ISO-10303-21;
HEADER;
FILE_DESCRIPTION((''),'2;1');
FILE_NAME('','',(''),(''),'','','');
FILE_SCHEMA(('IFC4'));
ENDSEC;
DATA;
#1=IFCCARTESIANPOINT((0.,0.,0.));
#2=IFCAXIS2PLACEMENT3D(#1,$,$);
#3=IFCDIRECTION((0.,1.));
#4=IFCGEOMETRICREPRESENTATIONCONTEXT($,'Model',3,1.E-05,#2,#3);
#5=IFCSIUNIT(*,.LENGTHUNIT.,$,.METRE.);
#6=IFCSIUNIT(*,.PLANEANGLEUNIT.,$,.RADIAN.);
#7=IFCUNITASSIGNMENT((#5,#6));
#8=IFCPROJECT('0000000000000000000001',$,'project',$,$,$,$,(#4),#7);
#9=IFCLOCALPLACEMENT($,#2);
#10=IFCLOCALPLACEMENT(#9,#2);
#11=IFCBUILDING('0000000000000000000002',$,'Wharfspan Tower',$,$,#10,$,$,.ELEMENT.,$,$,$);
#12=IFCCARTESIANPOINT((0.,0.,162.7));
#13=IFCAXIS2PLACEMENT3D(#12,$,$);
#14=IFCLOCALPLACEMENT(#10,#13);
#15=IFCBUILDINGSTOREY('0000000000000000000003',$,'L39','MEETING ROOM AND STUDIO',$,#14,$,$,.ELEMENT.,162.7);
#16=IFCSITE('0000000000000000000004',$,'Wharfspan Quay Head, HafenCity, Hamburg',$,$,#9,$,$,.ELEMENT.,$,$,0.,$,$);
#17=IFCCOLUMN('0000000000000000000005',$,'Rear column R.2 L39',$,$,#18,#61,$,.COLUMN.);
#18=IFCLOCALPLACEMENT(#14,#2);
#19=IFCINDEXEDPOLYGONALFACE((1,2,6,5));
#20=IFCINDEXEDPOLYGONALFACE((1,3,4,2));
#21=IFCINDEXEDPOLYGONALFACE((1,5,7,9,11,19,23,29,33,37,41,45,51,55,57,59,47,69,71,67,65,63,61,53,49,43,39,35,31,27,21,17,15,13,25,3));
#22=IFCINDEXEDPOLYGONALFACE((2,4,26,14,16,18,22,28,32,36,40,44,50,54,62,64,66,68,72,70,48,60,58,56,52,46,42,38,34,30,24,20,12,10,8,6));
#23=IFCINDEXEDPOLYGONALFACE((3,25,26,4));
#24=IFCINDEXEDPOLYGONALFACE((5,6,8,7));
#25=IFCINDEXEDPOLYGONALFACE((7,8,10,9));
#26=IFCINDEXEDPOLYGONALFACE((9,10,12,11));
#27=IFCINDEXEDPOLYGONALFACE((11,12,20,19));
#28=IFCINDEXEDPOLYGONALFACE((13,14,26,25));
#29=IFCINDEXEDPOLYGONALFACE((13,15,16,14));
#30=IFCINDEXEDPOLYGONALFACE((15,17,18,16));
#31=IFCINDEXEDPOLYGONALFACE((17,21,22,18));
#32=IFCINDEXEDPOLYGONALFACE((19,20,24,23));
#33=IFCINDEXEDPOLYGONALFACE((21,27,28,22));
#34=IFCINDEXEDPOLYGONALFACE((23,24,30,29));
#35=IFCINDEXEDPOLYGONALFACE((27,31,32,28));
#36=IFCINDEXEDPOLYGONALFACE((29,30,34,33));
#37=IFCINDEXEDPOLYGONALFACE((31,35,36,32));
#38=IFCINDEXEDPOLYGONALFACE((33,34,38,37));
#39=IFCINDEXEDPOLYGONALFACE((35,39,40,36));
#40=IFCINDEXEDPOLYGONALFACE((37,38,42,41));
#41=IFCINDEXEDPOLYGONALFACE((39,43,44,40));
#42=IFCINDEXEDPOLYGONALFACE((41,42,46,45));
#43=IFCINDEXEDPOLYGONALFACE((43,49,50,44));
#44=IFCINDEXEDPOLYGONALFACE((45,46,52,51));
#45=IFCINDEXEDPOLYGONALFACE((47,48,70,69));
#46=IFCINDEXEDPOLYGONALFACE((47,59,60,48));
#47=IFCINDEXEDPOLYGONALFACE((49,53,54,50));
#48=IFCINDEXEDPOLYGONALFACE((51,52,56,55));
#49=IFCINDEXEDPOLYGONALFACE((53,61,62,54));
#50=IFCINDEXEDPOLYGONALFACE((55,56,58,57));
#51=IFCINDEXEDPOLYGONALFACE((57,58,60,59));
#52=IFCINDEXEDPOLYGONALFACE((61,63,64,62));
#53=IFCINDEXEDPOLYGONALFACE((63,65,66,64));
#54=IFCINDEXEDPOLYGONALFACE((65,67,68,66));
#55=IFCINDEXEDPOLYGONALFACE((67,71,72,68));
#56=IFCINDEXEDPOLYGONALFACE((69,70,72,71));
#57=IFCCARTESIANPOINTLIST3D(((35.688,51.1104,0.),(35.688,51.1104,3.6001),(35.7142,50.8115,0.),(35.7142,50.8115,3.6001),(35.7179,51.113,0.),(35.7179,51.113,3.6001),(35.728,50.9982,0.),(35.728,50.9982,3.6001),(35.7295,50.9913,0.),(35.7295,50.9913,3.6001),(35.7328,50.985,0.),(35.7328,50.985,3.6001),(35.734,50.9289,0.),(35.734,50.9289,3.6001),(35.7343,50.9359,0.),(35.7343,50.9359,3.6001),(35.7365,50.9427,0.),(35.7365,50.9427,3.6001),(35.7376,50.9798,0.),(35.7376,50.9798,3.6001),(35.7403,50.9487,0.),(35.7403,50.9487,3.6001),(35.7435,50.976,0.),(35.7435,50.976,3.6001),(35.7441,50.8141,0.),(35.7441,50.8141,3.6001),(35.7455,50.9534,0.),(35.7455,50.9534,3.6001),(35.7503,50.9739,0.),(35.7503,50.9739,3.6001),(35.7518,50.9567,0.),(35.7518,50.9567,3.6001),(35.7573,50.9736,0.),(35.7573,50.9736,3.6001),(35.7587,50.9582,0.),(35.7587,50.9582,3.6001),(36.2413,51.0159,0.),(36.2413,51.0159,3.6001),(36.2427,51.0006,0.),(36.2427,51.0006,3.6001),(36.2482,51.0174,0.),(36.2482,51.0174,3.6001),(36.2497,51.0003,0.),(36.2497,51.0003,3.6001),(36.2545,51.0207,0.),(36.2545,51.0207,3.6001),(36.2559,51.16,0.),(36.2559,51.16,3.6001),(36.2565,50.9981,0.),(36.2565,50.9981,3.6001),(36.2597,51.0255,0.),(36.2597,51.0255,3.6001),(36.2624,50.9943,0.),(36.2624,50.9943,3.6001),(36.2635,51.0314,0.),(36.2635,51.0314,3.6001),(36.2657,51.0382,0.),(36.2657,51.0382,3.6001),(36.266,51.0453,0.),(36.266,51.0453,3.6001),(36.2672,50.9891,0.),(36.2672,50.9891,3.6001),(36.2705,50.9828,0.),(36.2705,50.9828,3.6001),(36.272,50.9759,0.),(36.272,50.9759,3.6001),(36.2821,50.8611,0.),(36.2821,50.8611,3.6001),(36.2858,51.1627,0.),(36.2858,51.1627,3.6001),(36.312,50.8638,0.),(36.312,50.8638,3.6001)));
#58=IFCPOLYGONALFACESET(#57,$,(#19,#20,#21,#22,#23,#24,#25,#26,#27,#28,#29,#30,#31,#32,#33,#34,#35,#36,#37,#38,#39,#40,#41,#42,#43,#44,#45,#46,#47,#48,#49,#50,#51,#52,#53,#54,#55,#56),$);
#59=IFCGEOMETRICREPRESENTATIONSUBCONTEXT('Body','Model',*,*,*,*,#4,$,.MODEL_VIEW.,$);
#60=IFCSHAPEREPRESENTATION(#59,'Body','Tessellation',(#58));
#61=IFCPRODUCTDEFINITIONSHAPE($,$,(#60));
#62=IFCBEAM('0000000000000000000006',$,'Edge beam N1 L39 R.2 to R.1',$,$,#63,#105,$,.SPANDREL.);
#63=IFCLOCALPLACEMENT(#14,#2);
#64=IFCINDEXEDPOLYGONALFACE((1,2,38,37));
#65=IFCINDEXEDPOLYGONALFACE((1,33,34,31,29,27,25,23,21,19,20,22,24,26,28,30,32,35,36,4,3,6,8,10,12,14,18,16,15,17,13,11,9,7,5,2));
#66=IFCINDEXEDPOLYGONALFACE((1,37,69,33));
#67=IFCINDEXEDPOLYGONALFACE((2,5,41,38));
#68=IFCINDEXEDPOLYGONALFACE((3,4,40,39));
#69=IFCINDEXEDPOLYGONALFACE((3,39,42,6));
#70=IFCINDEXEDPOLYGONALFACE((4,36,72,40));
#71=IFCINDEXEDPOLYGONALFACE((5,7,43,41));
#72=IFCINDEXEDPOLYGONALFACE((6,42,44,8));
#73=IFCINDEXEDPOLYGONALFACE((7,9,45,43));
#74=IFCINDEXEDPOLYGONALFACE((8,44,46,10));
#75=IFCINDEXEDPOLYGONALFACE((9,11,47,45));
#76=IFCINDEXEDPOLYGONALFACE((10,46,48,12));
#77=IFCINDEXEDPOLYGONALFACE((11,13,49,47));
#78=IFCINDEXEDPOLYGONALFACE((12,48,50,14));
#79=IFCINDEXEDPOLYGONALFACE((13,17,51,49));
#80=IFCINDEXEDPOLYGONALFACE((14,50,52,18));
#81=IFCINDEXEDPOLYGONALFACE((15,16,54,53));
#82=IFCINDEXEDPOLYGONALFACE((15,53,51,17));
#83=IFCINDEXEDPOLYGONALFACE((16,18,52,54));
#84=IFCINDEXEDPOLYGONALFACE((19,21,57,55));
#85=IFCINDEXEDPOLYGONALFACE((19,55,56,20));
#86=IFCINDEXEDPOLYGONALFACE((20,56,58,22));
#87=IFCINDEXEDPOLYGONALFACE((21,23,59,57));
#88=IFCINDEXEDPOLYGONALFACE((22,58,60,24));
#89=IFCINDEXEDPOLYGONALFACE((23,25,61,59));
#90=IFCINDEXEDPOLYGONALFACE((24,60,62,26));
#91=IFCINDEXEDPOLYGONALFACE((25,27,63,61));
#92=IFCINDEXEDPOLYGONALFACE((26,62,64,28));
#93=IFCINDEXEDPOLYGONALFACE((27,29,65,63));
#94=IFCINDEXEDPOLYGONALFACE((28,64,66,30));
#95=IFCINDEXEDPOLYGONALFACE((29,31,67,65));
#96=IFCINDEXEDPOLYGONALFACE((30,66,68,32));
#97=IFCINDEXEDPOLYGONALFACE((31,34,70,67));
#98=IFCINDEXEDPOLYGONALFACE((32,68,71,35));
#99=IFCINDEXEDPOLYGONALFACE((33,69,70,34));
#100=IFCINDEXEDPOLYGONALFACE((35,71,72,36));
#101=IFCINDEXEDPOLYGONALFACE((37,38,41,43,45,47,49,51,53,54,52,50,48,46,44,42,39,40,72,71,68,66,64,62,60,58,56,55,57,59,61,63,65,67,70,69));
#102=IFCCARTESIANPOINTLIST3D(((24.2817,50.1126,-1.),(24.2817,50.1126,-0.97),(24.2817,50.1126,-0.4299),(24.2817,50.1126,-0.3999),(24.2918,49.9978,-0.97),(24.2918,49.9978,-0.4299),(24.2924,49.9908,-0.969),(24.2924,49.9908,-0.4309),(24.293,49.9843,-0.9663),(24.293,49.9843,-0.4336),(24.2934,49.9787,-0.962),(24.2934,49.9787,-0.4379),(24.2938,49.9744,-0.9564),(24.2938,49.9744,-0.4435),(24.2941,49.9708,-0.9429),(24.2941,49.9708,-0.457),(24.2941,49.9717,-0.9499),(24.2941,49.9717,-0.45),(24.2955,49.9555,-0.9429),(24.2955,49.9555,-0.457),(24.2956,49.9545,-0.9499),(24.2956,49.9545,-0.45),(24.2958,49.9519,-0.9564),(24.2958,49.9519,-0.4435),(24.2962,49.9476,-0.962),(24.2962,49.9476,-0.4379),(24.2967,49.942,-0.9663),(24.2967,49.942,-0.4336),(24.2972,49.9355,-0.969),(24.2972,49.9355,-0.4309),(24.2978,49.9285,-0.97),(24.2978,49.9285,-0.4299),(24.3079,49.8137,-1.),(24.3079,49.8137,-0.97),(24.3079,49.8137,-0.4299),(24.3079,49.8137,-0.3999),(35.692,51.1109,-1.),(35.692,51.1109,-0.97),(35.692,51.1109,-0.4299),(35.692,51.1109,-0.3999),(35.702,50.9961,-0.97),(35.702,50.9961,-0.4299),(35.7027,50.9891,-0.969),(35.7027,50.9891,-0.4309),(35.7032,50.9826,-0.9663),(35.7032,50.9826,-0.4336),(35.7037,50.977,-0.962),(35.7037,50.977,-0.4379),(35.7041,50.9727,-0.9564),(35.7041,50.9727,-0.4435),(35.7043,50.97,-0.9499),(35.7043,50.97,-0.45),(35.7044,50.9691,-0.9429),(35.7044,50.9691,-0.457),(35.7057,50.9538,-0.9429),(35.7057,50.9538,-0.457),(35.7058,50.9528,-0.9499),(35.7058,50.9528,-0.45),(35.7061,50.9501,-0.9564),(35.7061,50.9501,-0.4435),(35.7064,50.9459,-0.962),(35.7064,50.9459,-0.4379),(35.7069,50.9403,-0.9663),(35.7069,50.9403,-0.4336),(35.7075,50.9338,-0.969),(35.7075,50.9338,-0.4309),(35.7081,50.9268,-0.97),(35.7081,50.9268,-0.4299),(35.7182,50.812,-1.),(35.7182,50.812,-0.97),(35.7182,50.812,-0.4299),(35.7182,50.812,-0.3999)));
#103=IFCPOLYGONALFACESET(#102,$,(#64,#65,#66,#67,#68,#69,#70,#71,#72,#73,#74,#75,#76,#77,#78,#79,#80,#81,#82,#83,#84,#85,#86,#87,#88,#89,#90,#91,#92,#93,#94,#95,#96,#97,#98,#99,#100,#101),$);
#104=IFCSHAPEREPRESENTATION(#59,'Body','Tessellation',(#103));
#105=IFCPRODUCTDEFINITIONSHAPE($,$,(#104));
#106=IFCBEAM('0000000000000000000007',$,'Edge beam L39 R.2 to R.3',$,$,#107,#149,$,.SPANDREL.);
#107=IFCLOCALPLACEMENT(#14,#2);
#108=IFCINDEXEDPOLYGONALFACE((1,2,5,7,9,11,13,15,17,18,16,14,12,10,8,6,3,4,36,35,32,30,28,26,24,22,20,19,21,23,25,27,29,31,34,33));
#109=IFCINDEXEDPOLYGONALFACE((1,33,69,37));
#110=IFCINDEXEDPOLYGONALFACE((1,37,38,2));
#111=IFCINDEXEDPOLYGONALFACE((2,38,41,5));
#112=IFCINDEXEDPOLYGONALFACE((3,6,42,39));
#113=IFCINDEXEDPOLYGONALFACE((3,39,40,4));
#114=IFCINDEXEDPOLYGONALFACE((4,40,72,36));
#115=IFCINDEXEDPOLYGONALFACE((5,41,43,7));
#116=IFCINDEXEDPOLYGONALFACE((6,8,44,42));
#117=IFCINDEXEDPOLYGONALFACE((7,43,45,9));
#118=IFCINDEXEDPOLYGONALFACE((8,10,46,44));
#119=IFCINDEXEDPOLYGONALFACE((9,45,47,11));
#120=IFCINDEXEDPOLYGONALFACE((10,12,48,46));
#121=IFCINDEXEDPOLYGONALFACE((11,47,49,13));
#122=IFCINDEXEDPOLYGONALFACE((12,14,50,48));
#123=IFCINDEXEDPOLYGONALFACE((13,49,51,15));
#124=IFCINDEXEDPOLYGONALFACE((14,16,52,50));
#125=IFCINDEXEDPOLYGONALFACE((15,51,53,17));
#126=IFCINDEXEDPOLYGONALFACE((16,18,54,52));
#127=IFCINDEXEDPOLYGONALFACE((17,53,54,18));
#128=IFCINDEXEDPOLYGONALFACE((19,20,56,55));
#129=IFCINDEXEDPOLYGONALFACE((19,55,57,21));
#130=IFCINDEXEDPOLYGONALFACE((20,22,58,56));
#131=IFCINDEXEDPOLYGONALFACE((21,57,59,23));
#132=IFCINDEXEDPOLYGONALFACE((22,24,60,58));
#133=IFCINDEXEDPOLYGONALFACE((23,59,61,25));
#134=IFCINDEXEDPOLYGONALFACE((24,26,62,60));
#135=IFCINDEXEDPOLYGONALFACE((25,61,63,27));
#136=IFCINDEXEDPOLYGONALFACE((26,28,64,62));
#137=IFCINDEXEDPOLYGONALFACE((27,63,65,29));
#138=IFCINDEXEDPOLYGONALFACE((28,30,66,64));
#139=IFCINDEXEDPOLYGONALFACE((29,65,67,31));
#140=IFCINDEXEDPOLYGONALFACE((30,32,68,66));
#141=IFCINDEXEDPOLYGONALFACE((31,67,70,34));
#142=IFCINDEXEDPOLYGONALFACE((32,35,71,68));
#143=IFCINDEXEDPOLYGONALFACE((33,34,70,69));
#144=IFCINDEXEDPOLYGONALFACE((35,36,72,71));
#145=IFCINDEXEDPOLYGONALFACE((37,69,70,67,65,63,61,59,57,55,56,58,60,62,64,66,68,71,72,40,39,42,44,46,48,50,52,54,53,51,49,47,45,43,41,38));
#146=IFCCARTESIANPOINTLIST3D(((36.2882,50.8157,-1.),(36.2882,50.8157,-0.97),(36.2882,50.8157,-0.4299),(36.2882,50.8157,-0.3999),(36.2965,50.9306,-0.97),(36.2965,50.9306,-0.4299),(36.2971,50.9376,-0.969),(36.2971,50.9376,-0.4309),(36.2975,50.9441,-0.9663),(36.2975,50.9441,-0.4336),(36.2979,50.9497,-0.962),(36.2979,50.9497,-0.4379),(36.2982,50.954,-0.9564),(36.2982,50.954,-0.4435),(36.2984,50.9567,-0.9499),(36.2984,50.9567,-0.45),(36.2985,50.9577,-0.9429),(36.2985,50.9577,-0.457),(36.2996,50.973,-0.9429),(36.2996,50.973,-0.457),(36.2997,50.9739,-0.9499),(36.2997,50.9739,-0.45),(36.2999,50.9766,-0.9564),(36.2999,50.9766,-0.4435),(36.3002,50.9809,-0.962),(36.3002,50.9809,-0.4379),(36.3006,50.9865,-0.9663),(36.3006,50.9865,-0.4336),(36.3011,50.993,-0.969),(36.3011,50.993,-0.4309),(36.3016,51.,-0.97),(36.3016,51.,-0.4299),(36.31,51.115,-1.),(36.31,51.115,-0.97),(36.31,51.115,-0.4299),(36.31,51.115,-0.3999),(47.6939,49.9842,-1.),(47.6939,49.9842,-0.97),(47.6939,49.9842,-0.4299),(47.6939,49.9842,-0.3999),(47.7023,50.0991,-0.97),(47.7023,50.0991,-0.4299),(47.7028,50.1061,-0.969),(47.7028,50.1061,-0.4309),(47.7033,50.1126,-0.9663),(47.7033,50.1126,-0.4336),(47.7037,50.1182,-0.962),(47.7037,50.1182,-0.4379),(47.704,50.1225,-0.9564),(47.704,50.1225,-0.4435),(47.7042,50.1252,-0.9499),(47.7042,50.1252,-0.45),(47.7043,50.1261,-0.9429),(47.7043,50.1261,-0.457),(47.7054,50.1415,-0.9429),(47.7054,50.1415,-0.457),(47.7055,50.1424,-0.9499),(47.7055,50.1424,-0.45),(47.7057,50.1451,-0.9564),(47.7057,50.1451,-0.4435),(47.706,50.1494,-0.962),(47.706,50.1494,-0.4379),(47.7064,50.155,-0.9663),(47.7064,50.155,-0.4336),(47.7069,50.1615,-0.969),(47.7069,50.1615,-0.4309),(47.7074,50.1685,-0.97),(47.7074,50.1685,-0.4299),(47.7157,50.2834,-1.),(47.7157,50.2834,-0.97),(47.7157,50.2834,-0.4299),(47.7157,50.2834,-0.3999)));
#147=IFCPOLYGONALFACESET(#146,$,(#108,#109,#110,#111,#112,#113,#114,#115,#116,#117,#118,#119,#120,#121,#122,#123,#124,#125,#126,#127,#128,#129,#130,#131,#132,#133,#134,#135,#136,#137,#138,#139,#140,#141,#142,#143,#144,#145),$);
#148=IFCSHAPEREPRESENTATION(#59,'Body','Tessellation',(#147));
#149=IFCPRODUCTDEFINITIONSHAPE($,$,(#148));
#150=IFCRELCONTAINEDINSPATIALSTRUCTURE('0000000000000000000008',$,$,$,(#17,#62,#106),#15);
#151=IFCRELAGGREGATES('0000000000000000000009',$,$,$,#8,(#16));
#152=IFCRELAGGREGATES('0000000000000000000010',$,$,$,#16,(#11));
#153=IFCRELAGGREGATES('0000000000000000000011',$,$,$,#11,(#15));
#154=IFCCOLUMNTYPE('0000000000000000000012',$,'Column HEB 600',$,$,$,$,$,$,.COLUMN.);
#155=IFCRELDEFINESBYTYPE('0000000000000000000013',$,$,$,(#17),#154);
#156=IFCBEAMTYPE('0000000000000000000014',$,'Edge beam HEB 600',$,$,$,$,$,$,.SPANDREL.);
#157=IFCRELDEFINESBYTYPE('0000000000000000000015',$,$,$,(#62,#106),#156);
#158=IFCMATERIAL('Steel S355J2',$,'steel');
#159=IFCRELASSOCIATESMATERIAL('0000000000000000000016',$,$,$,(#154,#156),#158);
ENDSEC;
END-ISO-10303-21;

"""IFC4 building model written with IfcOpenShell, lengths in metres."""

from ifc_helpers import new_model, si_unit, direction, frame, origin, origin_2d, place, context, subcontext, project, spatial, i_section, extrude, material, material_profile, profile_set, type_object, element, save


model = new_model("IFC4")

# Units and contexts
model_context = context("Model", 3, precision=1e-05, world=origin(), true_north=direction((0.0, 1.0)))
body_context = subcontext(model_context, "Body", "Model", "MODEL_VIEW")
ifc_project = project(units=[si_unit("LENGTHUNIT", "METRE"), si_unit("PLANEANGLEUNIT", "RADIAN")], contexts=[model_context])

# Site, building, storey
site_placement = place(None, origin())
site = spatial("IfcSite", under=ifc_project, at=site_placement, Name="Wharfspan Quay Head, HafenCity, Hamburg", CompositionType="ELEMENT", RefElevation=0.0)
building_placement = place(site_placement, origin())
building = spatial("IfcBuilding", under=site, at=building_placement, Name="Wharfspan Tower", CompositionType="ELEMENT")
storey_placement = place(building_placement, frame((0.0, 0.0, 162.7)))
storey = spatial("IfcBuildingStorey", under=building, at=storey_placement, Name="L39", Description="MEETING ROOM AND STUDIO", CompositionType="ELEMENT", Elevation=162.7)

# Column
ifc_material_1 = material(Name="Steel S355J2", Category="steel")
ifc_material_profile_1 = material_profile(ifc_material_1, i_section(OverallWidth=0.3, OverallDepth=0.6001, WebThickness=0.0154, FlangeThickness=0.03, FilletRadius=0.0271, at=origin_2d()))
ifc_profile_set_1 = profile_set([ifc_material_profile_1], Name="Steel S355J2")
column_type = type_object("IfcColumnType", Name="Column HEB 600", PredefinedType="COLUMN", material=ifc_profile_set_1)
column_placement = place(storey_placement, frame((36.0, 50.9871, 0.0), z_axis=(0.0, 0.0, 1.0), x_axis=(-0.087156, 0.996198, 0.0)))
element("IfcColumn", 1, at=column_placement, inside=storey, type_object=column_type, Name="Rear column R.2 L39", PredefinedType="COLUMN", context=body_context, shape_type="SweptSolid", body=[
    extrude(i_section(OverallWidth=0.3, OverallDepth=0.6001, WebThickness=0.0154, FlangeThickness=0.03, FilletRadius=0.0271, at=origin_2d()), origin(), (0.0, 0.0, 1.0), 3.6001),
])

# Beams
ifc_material_profile_2 = material_profile(ifc_material_1, i_section(OverallWidth=0.3, OverallDepth=0.6001, WebThickness=0.0154, FlangeThickness=0.03, FilletRadius=0.0271, at=origin_2d()))
ifc_profile_set_2 = profile_set([ifc_material_profile_2], Name="Steel S355J2")
beam_type = type_object("IfcBeamType", Name="Edge beam HEB 600", PredefinedType="SPANDREL", material=ifc_profile_set_2)
beam_1_placement = place(storey_placement, frame((35.7051, 50.9614, -0.7), z_axis=(-0.996194, -0.087158, 0.0), x_axis=(0.087158, -0.996194, 0.0)))
element("IfcBeam", 2, at=beam_1_placement, inside=storey, type_object=beam_type, Name="Edge beam N1 L39 R.2 to R.1", PredefinedType="SPANDREL", context=body_context, shape_type="SweptSolid", body=[
    extrude(i_section(OverallWidth=0.3, OverallDepth=0.6001, WebThickness=0.0154, FlangeThickness=0.03, FilletRadius=0.0271, at=origin_2d()), origin(), (0.0, 0.0, 1.0), 11.4539),
])
beam_2_placement = place(storey_placement, frame((36.2991, 50.9653, -0.7), z_axis=(0.997353, -0.072713, 0.0), x_axis=(0.072713, 0.997353, 0.0)))
element("IfcBeam", 3, at=beam_2_placement, inside=storey, type_object=beam_type, Name="Edge beam L39 R.2 to R.3", PredefinedType="SPANDREL", context=body_context, shape_type="SweptSolid", body=[
    extrude(i_section(OverallWidth=0.3, OverallDepth=0.6001, WebThickness=0.0154, FlangeThickness=0.03, FilletRadius=0.0271, at=origin_2d()), origin(), (0.0, 0.0, 1.0), 11.436),
])

save(model, "model.ifc")
